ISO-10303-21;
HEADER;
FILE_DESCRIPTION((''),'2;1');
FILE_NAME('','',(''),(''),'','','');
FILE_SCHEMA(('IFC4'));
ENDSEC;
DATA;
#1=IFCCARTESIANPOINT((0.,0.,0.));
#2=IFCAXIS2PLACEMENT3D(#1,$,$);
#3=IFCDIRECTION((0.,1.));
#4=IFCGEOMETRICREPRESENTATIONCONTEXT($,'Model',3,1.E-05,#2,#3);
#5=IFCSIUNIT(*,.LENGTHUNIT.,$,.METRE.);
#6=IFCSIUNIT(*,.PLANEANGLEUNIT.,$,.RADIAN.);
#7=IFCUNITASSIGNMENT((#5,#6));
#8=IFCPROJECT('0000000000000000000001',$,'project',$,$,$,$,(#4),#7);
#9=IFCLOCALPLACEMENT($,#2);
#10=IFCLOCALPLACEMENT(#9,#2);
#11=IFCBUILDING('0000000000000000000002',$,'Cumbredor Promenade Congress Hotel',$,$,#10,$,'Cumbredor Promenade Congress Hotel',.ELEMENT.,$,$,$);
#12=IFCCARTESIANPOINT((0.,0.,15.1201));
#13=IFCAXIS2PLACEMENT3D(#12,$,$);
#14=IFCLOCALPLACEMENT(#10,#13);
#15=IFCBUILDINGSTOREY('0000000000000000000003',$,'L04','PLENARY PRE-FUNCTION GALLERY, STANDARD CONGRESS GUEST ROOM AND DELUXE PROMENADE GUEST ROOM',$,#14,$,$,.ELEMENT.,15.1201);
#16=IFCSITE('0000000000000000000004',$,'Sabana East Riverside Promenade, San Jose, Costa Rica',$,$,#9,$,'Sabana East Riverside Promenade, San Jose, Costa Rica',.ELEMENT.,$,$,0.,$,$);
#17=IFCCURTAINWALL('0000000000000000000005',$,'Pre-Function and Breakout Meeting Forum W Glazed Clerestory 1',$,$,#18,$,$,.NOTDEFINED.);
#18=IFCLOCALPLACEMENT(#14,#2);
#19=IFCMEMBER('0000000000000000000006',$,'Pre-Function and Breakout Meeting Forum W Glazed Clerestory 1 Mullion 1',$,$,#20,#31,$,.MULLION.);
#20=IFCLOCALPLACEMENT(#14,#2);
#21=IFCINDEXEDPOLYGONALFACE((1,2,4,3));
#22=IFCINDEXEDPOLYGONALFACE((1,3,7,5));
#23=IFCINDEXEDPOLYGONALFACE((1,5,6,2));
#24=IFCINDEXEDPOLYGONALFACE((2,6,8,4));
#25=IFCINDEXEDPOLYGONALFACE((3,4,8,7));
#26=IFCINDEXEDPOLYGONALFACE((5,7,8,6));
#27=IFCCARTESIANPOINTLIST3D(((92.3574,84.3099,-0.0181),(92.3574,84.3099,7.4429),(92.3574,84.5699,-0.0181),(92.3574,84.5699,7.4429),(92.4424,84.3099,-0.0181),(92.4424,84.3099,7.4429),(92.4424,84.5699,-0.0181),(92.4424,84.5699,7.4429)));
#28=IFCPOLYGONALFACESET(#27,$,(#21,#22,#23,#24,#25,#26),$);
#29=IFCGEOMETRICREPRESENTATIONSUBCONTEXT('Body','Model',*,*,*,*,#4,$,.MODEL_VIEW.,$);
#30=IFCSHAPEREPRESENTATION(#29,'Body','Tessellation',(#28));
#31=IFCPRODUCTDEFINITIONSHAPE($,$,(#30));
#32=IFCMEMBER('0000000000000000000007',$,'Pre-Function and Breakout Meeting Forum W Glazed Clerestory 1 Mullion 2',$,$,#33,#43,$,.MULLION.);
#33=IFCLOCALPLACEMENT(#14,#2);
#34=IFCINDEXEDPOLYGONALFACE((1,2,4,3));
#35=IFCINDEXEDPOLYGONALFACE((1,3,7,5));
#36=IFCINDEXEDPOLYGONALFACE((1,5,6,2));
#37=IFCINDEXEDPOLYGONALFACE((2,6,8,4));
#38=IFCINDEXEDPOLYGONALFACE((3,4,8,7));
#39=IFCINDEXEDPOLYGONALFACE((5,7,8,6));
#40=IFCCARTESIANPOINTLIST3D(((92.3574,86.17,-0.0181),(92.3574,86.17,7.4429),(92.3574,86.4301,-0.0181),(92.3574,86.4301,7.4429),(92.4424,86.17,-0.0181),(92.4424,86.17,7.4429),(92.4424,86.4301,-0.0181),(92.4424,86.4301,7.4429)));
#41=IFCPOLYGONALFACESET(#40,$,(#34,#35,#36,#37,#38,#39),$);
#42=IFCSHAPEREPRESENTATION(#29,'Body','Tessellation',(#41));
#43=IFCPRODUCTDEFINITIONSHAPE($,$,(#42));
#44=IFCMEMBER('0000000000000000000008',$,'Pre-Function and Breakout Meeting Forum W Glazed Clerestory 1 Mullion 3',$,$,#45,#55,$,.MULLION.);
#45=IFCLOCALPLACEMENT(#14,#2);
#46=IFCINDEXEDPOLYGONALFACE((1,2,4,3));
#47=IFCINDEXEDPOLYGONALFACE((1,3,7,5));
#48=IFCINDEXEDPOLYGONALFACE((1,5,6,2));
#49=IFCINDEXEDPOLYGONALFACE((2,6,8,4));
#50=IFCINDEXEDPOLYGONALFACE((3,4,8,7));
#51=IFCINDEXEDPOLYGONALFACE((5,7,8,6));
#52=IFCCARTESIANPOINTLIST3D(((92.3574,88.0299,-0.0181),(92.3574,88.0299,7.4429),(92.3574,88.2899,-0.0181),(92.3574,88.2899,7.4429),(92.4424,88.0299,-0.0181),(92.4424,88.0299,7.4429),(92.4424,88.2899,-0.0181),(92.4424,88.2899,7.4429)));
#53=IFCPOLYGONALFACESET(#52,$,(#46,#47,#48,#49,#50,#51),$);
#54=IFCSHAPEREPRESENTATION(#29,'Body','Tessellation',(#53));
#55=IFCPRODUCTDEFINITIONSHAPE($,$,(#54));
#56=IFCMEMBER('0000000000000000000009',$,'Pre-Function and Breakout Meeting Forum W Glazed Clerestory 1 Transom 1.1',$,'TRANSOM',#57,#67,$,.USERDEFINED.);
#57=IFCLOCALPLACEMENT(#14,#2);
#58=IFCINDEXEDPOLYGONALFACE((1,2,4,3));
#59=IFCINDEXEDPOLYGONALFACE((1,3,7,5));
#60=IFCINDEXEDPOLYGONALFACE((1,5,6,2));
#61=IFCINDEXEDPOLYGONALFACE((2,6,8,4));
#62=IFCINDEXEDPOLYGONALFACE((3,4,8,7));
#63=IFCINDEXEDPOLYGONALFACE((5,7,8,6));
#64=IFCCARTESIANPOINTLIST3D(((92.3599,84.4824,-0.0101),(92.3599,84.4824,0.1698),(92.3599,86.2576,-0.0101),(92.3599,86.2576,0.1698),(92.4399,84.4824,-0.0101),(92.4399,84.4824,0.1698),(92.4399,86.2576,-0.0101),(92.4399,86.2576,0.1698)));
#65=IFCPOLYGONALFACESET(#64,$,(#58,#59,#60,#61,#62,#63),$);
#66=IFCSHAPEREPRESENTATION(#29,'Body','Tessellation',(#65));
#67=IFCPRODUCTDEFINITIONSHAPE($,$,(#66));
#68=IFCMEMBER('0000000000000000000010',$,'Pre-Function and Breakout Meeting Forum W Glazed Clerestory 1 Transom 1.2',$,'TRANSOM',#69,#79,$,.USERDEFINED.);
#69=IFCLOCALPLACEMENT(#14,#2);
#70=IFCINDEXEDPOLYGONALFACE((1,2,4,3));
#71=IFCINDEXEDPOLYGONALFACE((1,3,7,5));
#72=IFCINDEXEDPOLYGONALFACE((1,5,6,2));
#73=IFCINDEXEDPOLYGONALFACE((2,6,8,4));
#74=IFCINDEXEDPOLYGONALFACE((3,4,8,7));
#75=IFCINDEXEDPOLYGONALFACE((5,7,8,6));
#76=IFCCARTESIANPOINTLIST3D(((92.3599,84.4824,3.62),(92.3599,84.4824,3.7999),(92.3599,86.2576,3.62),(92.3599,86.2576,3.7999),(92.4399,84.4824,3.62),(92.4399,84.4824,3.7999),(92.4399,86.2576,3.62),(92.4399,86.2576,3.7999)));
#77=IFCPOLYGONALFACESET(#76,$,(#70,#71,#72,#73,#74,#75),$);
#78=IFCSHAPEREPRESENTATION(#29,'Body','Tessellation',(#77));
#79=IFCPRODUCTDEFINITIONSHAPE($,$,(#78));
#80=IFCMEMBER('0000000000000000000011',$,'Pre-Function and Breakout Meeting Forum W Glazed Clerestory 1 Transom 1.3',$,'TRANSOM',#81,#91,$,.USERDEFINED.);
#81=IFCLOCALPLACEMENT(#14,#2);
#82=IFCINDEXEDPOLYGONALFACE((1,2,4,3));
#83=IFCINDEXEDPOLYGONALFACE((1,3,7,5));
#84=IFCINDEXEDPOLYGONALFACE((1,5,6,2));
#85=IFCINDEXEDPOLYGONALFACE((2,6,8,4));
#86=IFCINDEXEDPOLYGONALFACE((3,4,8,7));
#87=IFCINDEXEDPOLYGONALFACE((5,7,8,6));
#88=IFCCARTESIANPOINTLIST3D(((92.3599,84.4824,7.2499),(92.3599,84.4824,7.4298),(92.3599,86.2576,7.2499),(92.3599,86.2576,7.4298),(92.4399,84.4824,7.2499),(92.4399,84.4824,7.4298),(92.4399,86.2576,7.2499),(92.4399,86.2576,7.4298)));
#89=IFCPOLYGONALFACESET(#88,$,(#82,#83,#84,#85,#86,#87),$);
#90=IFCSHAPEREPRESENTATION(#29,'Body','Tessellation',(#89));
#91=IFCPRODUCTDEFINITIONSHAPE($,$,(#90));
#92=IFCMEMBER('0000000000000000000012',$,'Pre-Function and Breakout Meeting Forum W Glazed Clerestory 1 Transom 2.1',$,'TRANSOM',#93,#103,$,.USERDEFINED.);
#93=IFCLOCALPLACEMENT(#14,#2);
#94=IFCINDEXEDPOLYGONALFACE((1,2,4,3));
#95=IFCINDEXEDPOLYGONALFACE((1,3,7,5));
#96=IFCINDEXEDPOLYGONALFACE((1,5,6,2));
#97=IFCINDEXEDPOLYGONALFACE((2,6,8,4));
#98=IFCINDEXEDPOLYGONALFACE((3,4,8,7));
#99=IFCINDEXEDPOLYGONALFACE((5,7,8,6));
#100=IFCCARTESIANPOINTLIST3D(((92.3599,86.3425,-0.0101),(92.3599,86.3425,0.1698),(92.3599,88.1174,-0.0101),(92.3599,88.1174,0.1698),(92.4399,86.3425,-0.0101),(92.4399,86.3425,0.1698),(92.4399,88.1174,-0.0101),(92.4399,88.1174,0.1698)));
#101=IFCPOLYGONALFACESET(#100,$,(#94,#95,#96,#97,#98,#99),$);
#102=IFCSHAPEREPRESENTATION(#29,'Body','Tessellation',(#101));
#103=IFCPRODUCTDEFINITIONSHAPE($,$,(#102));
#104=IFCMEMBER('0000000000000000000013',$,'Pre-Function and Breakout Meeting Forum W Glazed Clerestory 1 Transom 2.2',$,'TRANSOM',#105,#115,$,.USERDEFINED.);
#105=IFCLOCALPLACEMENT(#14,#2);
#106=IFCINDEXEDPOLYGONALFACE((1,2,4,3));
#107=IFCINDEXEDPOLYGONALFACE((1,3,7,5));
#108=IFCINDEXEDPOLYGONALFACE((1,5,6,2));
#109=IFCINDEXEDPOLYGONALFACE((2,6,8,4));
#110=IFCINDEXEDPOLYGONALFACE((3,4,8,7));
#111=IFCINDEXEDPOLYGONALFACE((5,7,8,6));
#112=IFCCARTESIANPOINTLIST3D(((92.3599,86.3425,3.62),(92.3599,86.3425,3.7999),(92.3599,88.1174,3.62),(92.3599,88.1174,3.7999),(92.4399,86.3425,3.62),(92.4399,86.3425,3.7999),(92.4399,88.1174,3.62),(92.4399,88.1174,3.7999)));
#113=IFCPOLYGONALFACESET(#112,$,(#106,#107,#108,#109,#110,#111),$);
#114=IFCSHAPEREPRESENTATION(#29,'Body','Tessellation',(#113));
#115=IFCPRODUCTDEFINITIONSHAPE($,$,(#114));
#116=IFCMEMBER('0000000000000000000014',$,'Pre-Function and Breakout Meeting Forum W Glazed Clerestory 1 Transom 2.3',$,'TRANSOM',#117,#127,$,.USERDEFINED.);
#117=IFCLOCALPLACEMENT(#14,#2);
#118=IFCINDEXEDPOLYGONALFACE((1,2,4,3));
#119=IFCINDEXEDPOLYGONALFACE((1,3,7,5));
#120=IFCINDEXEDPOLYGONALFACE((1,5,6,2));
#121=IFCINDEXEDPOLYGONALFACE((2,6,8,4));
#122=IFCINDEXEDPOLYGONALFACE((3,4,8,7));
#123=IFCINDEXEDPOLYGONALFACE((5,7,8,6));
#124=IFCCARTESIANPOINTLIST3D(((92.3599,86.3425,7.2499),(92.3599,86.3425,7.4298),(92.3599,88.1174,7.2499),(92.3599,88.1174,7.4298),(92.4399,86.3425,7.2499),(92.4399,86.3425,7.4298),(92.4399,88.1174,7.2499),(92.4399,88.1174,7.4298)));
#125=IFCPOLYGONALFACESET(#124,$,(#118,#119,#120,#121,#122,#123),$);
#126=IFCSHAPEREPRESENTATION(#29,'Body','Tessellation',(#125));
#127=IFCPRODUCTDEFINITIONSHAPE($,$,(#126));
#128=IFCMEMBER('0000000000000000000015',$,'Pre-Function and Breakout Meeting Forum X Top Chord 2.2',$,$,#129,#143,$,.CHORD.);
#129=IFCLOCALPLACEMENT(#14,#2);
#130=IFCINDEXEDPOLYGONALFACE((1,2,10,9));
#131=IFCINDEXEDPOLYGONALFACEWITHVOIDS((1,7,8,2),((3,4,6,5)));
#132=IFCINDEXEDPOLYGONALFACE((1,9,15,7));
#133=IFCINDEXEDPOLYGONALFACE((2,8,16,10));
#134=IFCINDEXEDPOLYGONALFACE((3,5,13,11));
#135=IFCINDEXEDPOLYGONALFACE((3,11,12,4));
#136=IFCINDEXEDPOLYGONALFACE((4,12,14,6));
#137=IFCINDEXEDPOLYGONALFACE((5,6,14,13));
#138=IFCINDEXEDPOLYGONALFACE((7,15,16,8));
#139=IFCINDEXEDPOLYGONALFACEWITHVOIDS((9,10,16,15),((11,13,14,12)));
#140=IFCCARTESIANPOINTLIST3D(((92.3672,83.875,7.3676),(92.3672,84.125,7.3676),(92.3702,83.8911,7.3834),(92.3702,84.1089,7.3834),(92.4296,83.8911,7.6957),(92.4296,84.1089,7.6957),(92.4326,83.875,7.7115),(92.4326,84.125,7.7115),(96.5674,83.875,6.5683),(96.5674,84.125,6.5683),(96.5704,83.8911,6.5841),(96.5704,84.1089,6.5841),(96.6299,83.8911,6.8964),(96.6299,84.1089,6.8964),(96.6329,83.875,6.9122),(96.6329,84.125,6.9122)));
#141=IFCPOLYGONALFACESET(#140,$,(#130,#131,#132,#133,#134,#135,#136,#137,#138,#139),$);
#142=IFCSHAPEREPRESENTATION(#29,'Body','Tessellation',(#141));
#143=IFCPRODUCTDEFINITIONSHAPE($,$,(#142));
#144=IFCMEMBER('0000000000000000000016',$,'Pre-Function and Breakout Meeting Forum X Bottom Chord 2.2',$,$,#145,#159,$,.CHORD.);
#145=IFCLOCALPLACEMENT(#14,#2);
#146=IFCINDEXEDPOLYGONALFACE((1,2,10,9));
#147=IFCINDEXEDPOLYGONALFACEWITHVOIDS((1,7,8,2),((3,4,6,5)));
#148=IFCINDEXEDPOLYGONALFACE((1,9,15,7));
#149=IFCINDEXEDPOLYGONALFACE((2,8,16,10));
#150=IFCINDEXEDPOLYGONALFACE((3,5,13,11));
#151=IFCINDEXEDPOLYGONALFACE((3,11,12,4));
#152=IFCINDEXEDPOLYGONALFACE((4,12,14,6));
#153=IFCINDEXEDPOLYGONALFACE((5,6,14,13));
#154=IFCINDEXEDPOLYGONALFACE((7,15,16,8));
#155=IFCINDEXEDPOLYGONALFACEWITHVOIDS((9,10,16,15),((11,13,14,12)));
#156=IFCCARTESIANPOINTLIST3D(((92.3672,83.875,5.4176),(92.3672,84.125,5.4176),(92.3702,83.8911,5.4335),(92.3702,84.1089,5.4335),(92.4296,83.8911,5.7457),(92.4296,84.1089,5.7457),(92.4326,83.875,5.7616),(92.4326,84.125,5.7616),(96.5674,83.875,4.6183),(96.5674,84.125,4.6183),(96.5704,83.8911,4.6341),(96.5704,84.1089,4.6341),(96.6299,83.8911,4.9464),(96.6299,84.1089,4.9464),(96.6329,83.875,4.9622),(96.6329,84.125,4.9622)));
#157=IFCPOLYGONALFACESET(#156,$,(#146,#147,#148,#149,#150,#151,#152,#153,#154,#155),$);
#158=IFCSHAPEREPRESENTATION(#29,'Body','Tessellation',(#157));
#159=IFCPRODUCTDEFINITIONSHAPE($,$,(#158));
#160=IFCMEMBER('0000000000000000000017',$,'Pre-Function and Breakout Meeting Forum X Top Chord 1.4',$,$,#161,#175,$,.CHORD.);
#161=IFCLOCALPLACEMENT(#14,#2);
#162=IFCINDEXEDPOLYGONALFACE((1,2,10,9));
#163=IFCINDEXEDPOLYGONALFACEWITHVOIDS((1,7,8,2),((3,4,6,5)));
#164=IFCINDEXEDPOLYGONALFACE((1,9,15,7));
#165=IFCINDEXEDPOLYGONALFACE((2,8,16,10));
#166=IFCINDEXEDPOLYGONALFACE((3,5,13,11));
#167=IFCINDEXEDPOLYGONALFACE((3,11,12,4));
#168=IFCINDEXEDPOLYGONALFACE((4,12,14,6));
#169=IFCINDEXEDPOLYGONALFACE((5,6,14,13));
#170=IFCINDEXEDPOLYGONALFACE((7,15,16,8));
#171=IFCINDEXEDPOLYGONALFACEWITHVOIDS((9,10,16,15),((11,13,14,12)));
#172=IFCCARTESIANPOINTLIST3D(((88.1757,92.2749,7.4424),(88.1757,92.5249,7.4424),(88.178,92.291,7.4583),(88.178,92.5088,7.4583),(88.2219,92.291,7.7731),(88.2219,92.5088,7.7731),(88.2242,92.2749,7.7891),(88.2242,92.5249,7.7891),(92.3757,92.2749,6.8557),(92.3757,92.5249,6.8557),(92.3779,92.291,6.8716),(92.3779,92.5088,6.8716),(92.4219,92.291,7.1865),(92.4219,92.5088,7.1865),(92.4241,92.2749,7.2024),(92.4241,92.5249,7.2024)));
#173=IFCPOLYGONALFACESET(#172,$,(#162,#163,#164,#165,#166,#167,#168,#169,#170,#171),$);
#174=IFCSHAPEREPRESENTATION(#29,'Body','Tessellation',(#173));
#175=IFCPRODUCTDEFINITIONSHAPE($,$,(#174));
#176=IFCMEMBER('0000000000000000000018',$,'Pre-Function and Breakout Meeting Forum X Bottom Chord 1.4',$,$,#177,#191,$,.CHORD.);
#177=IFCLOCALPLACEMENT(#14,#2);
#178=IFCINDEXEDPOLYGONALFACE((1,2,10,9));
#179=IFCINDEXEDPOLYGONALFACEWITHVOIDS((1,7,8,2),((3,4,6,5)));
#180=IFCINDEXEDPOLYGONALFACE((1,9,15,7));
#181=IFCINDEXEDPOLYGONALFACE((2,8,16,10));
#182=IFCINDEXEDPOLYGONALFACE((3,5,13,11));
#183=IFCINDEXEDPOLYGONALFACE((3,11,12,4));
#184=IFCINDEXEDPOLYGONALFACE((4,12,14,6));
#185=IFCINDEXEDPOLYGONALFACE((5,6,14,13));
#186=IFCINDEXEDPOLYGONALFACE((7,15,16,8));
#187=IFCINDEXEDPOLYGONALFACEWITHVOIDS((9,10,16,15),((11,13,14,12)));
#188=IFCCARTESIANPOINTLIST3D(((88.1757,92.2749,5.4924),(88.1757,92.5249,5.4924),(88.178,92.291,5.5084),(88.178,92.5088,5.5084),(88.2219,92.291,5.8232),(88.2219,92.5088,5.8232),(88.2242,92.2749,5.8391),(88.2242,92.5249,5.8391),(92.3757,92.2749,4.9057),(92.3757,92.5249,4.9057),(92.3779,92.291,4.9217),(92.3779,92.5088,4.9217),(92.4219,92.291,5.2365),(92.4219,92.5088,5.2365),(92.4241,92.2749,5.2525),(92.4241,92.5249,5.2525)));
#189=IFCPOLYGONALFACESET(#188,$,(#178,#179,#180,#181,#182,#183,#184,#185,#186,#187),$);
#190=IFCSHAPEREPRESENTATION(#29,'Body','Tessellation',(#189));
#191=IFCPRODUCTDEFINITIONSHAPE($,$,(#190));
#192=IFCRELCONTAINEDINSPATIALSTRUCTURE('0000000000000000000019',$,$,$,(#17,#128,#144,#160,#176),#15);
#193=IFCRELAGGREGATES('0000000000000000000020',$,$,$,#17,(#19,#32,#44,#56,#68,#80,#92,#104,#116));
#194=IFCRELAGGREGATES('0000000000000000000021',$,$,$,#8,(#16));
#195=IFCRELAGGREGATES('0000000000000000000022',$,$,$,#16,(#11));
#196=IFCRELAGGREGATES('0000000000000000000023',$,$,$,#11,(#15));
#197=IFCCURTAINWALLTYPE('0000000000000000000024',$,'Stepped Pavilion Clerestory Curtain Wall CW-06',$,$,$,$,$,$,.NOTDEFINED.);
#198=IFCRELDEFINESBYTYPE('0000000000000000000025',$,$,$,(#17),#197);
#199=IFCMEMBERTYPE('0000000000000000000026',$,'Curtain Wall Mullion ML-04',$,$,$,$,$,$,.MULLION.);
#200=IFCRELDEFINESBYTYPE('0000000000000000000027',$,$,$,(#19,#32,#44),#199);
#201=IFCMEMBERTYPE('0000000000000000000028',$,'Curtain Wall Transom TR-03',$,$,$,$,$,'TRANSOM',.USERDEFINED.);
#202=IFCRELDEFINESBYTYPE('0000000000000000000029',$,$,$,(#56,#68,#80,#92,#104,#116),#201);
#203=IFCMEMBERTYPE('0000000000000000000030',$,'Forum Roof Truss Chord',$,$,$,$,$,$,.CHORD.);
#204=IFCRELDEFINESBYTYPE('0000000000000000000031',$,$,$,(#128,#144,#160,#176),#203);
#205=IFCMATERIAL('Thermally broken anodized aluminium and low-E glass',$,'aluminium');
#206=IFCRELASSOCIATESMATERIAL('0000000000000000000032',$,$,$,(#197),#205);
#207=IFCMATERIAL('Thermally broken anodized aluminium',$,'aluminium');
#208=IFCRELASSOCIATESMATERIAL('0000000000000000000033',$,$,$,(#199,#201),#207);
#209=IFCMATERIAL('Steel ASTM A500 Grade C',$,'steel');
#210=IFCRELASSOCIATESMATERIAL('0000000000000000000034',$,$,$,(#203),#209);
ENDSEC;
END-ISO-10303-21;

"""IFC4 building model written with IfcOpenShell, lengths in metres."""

from ifc_helpers import new_model, si_unit, direction, frame, origin, origin_2d, place, context, subcontext, project, spatial, rectangle, hollow_rectangle, extrude, material, material_profile, profile_set, type_object, element, aggregate, save


model = new_model("IFC4")

# Units and contexts
model_context = context("Model", 3, precision=1e-05, world=origin(), true_north=direction((0.0, 1.0)))
body_context = subcontext(model_context, "Body", "Model", "MODEL_VIEW")
ifc_project = project(units=[si_unit("LENGTHUNIT", "METRE"), si_unit("PLANEANGLEUNIT", "RADIAN")], contexts=[model_context])

# Site, building, storey
site_placement = place(None, origin())
site = spatial("IfcSite", under=ifc_project, at=site_placement, Name="Sabana East Riverside Promenade, San Jose, Costa Rica", LongName="Sabana East Riverside Promenade, San Jose, Costa Rica", CompositionType="ELEMENT", RefElevation=0.0)
building_placement = place(site_placement, origin())
building = spatial("IfcBuilding", under=site, at=building_placement, Name="Cumbredor Promenade Congress Hotel", LongName="Cumbredor Promenade Congress Hotel", CompositionType="ELEMENT")
storey_placement = place(building_placement, frame((0.0, 0.0, 15.1201)))
storey = spatial("IfcBuildingStorey", under=building, at=storey_placement, Name="L04", Description="PLENARY PRE-FUNCTION GALLERY, STANDARD CONGRESS GUEST ROOM AND DELUXE PROMENADE GUEST ROOM", CompositionType="ELEMENT", Elevation=15.1201)

# Curtain wall, members
ifc_material_1 = material(Name="Thermally broken anodized aluminium and low-E glass", Category="aluminium")
curtain_wall_type = type_object("IfcCurtainWallType", Name="Stepped Pavilion Clerestory Curtain Wall CW-06", PredefinedType="NOTDEFINED", material=ifc_material_1)
curtain_wall_placement = place(storey_placement, origin())
curtain_wall = element("IfcCurtainWall", 1, at=curtain_wall_placement, inside=storey, type_object=curtain_wall_type, Name="Pre-Function and Breakout Meeting Forum W Glazed Clerestory 1", PredefinedType="NOTDEFINED")
ifc_material_2 = material(Name="Thermally broken anodized aluminium", Category="aluminium")
ifc_material_profile_1 = material_profile(ifc_material_2, rectangle(XDim=0.085, YDim=0.26, at=origin_2d()), Name="ALU MULLION CLERESTORY 85x260")
ifc_profile_set_1 = profile_set([ifc_material_profile_1], Name="Thermally broken anodized aluminium")
member_type_1 = type_object("IfcMemberType", Name="Curtain Wall Mullion ML-04", PredefinedType="MULLION", material=ifc_profile_set_1)
member_1_placement = place(storey_placement, frame((92.3999, 84.4399, -0.0181), z_axis=(0.0, 0.0, 1.0), x_axis=(1.0, 0.0, 0.0)))
member_1 = element("IfcMember", 2, at=member_1_placement, type_object=member_type_1, Name="Pre-Function and Breakout Meeting Forum W Glazed Clerestory 1 Mullion 1", PredefinedType="MULLION", context=body_context, shape_type="SweptSolid", body=[
    extrude(rectangle(XDim=0.085, YDim=0.26, at=origin_2d()), origin(), (0.0, 0.0, 1.0), 7.4609),
])
member_2_placement = place(storey_placement, frame((92.3999, 86.3, -0.0181), z_axis=(0.0, 0.0, 1.0), x_axis=(1.0, 0.0, 0.0)))
member_2 = element("IfcMember", 3, at=member_2_placement, type_object=member_type_1, Name="Pre-Function and Breakout Meeting Forum W Glazed Clerestory 1 Mullion 2", PredefinedType="MULLION", context=body_context, shape_type="SweptSolid", body=[
    extrude(rectangle(XDim=0.085, YDim=0.26, at=origin_2d()), origin(), (0.0, 0.0, 1.0), 7.4609),
])
member_3_placement = place(storey_placement, frame((92.3999, 88.1599, -0.0181), z_axis=(0.0, 0.0, 1.0), x_axis=(1.0, 0.0, 0.0)))
member_3 = element("IfcMember", 4, at=member_3_placement, type_object=member_type_1, Name="Pre-Function and Breakout Meeting Forum W Glazed Clerestory 1 Mullion 3", PredefinedType="MULLION", context=body_context, shape_type="SweptSolid", body=[
    extrude(rectangle(XDim=0.085, YDim=0.26, at=origin_2d()), origin(), (0.0, 0.0, 1.0), 7.4609),
])
ifc_material_profile_2 = material_profile(ifc_material_2, rectangle(XDim=0.0801, YDim=0.1799, at=origin_2d()), Name="ALU TRANSOM 80x180")
ifc_profile_set_2 = profile_set([ifc_material_profile_2], Name="Thermally broken anodized aluminium")
member_type_2 = type_object("IfcMemberType", Name="Curtain Wall Transom TR-03", ElementType="TRANSOM", PredefinedType="USERDEFINED", material=ifc_profile_set_2)
member_4_placement = place(storey_placement, frame((92.3999, 84.4824, 0.0798), z_axis=(0.0, 1.0, 0.0), x_axis=(-1.0, 0.0, 0.0)))
member_4 = element("IfcMember", 5, at=member_4_placement, type_object=member_type_2, Name="Pre-Function and Breakout Meeting Forum W Glazed Clerestory 1 Transom 1.1", ObjectType="TRANSOM", PredefinedType="USERDEFINED", context=body_context, shape_type="SweptSolid", body=[
    extrude(rectangle(XDim=0.0801, YDim=0.1799, at=origin_2d()), origin(), (0.0, 0.0, 1.0), 1.7751),
])
member_5_placement = place(storey_placement, frame((92.3999, 84.4824, 3.71), z_axis=(0.0, 1.0, 0.0), x_axis=(-1.0, 0.0, 0.0)))
member_5 = element("IfcMember", 6, at=member_5_placement, type_object=member_type_2, Name="Pre-Function and Breakout Meeting Forum W Glazed Clerestory 1 Transom 1.2", ObjectType="TRANSOM", PredefinedType="USERDEFINED", context=body_context, shape_type="SweptSolid", body=[
    extrude(rectangle(XDim=0.0801, YDim=0.1799, at=origin_2d()), origin(), (0.0, 0.0, 1.0), 1.7751),
])
member_6_placement = place(storey_placement, frame((92.3999, 84.4824, 7.3398), z_axis=(0.0, 1.0, 0.0), x_axis=(-1.0, 0.0, 0.0)))
member_6 = element("IfcMember", 7, at=member_6_placement, type_object=member_type_2, Name="Pre-Function and Breakout Meeting Forum W Glazed Clerestory 1 Transom 1.3", ObjectType="TRANSOM", PredefinedType="USERDEFINED", context=body_context, shape_type="SweptSolid", body=[
    extrude(rectangle(XDim=0.0801, YDim=0.1799, at=origin_2d()), origin(), (0.0, 0.0, 1.0), 1.7751),
])
member_7_placement = place(storey_placement, frame((92.3999, 86.3425, 0.0798), z_axis=(0.0, 1.0, 0.0), x_axis=(-1.0, 0.0, 0.0)))
member_7 = element("IfcMember", 8, at=member_7_placement, type_object=member_type_2, Name="Pre-Function and Breakout Meeting Forum W Glazed Clerestory 1 Transom 2.1", ObjectType="TRANSOM", PredefinedType="USERDEFINED", context=body_context, shape_type="SweptSolid", body=[
    extrude(rectangle(XDim=0.0801, YDim=0.1799, at=origin_2d()), origin(), (0.0, 0.0, 1.0), 1.7749),
])
member_8_placement = place(storey_placement, frame((92.3999, 86.3425, 3.71), z_axis=(0.0, 1.0, 0.0), x_axis=(-1.0, 0.0, 0.0)))
member_8 = element("IfcMember", 9, at=member_8_placement, type_object=member_type_2, Name="Pre-Function and Breakout Meeting Forum W Glazed Clerestory 1 Transom 2.2", ObjectType="TRANSOM", PredefinedType="USERDEFINED", context=body_context, shape_type="SweptSolid", body=[
    extrude(rectangle(XDim=0.0801, YDim=0.1799, at=origin_2d()), origin(), (0.0, 0.0, 1.0), 1.7749),
])
member_9_placement = place(storey_placement, frame((92.3999, 86.3425, 7.3398), z_axis=(0.0, 1.0, 0.0), x_axis=(-1.0, 0.0, 0.0)))
member_9 = element("IfcMember", 10, at=member_9_placement, type_object=member_type_2, Name="Pre-Function and Breakout Meeting Forum W Glazed Clerestory 1 Transom 2.3", ObjectType="TRANSOM", PredefinedType="USERDEFINED", context=body_context, shape_type="SweptSolid", body=[
    extrude(rectangle(XDim=0.0801, YDim=0.1799, at=origin_2d()), origin(), (0.0, 0.0, 1.0), 1.7749),
])

# Members
ifc_material_3 = material(Name="Steel ASTM A500 Grade C", Category="steel")
ifc_material_profile_3 = material_profile(ifc_material_3, hollow_rectangle(XDim=0.25, YDim=0.3501, WallThickness=0.0161, at=origin_2d()), Name="HSS 350x250x16")
ifc_profile_set_3 = profile_set([ifc_material_profile_3], Name="Steel ASTM A500 Grade C")
member_type_3 = type_object("IfcMemberType", Name="Forum Roof Truss Chord", PredefinedType="CHORD", material=ifc_profile_set_3)
for number, where, z_axis, x_axis, name in (
    (11, (92.3999, 84.0, 7.5396), (0.98237, 0.0, -0.186949), (0.0, 1.0, 0.0), "Pre-Function and Breakout Meeting Forum X Top Chord 2.2"),
    (12, (92.3999, 84.0, 5.5896), (0.98237, 0.0, -0.186949), (0.0, 1.0, 0.0), "Pre-Function and Breakout Meeting Forum X Bottom Chord 2.2"),
):
    element("IfcMember", number, at=place(storey_placement, frame(where, z_axis=z_axis, x_axis=x_axis)), inside=storey, type_object=member_type_3, Name=name, PredefinedType="CHORD", context=body_context, shape_type="SweptSolid", body=[
        extrude(hollow_rectangle(XDim=0.25, YDim=0.3501, WallThickness=0.0161, at=origin_2d()), origin(), (0.0, 0.0, 1.0), 4.2756),
    ])
for number, where, z_axis, x_axis, name in (
    (13, (88.2, 92.3999, 7.6157), (0.990385, 0.0, -0.138342), (0.0, 1.0, 0.0), "Pre-Function and Breakout Meeting Forum X Top Chord 1.4"),
    (14, (88.2, 92.3999, 5.6658), (0.990385, 0.0, -0.138342), (0.0, 1.0, 0.0), "Pre-Function and Breakout Meeting Forum X Bottom Chord 1.4"),
):
    element("IfcMember", number, at=place(storey_placement, frame(where, z_axis=z_axis, x_axis=x_axis)), inside=storey, type_object=member_type_3, Name=name, PredefinedType="CHORD", context=body_context, shape_type="SweptSolid", body=[
        extrude(hollow_rectangle(XDim=0.25, YDim=0.3501, WallThickness=0.0161, at=origin_2d()), origin(), (0.0, 0.0, 1.0), 4.2407),
    ])

aggregate(curtain_wall, [member_1, member_2, member_3, member_4, member_5, member_6, member_7, member_8, member_9])

save(model, "model.ifc")
